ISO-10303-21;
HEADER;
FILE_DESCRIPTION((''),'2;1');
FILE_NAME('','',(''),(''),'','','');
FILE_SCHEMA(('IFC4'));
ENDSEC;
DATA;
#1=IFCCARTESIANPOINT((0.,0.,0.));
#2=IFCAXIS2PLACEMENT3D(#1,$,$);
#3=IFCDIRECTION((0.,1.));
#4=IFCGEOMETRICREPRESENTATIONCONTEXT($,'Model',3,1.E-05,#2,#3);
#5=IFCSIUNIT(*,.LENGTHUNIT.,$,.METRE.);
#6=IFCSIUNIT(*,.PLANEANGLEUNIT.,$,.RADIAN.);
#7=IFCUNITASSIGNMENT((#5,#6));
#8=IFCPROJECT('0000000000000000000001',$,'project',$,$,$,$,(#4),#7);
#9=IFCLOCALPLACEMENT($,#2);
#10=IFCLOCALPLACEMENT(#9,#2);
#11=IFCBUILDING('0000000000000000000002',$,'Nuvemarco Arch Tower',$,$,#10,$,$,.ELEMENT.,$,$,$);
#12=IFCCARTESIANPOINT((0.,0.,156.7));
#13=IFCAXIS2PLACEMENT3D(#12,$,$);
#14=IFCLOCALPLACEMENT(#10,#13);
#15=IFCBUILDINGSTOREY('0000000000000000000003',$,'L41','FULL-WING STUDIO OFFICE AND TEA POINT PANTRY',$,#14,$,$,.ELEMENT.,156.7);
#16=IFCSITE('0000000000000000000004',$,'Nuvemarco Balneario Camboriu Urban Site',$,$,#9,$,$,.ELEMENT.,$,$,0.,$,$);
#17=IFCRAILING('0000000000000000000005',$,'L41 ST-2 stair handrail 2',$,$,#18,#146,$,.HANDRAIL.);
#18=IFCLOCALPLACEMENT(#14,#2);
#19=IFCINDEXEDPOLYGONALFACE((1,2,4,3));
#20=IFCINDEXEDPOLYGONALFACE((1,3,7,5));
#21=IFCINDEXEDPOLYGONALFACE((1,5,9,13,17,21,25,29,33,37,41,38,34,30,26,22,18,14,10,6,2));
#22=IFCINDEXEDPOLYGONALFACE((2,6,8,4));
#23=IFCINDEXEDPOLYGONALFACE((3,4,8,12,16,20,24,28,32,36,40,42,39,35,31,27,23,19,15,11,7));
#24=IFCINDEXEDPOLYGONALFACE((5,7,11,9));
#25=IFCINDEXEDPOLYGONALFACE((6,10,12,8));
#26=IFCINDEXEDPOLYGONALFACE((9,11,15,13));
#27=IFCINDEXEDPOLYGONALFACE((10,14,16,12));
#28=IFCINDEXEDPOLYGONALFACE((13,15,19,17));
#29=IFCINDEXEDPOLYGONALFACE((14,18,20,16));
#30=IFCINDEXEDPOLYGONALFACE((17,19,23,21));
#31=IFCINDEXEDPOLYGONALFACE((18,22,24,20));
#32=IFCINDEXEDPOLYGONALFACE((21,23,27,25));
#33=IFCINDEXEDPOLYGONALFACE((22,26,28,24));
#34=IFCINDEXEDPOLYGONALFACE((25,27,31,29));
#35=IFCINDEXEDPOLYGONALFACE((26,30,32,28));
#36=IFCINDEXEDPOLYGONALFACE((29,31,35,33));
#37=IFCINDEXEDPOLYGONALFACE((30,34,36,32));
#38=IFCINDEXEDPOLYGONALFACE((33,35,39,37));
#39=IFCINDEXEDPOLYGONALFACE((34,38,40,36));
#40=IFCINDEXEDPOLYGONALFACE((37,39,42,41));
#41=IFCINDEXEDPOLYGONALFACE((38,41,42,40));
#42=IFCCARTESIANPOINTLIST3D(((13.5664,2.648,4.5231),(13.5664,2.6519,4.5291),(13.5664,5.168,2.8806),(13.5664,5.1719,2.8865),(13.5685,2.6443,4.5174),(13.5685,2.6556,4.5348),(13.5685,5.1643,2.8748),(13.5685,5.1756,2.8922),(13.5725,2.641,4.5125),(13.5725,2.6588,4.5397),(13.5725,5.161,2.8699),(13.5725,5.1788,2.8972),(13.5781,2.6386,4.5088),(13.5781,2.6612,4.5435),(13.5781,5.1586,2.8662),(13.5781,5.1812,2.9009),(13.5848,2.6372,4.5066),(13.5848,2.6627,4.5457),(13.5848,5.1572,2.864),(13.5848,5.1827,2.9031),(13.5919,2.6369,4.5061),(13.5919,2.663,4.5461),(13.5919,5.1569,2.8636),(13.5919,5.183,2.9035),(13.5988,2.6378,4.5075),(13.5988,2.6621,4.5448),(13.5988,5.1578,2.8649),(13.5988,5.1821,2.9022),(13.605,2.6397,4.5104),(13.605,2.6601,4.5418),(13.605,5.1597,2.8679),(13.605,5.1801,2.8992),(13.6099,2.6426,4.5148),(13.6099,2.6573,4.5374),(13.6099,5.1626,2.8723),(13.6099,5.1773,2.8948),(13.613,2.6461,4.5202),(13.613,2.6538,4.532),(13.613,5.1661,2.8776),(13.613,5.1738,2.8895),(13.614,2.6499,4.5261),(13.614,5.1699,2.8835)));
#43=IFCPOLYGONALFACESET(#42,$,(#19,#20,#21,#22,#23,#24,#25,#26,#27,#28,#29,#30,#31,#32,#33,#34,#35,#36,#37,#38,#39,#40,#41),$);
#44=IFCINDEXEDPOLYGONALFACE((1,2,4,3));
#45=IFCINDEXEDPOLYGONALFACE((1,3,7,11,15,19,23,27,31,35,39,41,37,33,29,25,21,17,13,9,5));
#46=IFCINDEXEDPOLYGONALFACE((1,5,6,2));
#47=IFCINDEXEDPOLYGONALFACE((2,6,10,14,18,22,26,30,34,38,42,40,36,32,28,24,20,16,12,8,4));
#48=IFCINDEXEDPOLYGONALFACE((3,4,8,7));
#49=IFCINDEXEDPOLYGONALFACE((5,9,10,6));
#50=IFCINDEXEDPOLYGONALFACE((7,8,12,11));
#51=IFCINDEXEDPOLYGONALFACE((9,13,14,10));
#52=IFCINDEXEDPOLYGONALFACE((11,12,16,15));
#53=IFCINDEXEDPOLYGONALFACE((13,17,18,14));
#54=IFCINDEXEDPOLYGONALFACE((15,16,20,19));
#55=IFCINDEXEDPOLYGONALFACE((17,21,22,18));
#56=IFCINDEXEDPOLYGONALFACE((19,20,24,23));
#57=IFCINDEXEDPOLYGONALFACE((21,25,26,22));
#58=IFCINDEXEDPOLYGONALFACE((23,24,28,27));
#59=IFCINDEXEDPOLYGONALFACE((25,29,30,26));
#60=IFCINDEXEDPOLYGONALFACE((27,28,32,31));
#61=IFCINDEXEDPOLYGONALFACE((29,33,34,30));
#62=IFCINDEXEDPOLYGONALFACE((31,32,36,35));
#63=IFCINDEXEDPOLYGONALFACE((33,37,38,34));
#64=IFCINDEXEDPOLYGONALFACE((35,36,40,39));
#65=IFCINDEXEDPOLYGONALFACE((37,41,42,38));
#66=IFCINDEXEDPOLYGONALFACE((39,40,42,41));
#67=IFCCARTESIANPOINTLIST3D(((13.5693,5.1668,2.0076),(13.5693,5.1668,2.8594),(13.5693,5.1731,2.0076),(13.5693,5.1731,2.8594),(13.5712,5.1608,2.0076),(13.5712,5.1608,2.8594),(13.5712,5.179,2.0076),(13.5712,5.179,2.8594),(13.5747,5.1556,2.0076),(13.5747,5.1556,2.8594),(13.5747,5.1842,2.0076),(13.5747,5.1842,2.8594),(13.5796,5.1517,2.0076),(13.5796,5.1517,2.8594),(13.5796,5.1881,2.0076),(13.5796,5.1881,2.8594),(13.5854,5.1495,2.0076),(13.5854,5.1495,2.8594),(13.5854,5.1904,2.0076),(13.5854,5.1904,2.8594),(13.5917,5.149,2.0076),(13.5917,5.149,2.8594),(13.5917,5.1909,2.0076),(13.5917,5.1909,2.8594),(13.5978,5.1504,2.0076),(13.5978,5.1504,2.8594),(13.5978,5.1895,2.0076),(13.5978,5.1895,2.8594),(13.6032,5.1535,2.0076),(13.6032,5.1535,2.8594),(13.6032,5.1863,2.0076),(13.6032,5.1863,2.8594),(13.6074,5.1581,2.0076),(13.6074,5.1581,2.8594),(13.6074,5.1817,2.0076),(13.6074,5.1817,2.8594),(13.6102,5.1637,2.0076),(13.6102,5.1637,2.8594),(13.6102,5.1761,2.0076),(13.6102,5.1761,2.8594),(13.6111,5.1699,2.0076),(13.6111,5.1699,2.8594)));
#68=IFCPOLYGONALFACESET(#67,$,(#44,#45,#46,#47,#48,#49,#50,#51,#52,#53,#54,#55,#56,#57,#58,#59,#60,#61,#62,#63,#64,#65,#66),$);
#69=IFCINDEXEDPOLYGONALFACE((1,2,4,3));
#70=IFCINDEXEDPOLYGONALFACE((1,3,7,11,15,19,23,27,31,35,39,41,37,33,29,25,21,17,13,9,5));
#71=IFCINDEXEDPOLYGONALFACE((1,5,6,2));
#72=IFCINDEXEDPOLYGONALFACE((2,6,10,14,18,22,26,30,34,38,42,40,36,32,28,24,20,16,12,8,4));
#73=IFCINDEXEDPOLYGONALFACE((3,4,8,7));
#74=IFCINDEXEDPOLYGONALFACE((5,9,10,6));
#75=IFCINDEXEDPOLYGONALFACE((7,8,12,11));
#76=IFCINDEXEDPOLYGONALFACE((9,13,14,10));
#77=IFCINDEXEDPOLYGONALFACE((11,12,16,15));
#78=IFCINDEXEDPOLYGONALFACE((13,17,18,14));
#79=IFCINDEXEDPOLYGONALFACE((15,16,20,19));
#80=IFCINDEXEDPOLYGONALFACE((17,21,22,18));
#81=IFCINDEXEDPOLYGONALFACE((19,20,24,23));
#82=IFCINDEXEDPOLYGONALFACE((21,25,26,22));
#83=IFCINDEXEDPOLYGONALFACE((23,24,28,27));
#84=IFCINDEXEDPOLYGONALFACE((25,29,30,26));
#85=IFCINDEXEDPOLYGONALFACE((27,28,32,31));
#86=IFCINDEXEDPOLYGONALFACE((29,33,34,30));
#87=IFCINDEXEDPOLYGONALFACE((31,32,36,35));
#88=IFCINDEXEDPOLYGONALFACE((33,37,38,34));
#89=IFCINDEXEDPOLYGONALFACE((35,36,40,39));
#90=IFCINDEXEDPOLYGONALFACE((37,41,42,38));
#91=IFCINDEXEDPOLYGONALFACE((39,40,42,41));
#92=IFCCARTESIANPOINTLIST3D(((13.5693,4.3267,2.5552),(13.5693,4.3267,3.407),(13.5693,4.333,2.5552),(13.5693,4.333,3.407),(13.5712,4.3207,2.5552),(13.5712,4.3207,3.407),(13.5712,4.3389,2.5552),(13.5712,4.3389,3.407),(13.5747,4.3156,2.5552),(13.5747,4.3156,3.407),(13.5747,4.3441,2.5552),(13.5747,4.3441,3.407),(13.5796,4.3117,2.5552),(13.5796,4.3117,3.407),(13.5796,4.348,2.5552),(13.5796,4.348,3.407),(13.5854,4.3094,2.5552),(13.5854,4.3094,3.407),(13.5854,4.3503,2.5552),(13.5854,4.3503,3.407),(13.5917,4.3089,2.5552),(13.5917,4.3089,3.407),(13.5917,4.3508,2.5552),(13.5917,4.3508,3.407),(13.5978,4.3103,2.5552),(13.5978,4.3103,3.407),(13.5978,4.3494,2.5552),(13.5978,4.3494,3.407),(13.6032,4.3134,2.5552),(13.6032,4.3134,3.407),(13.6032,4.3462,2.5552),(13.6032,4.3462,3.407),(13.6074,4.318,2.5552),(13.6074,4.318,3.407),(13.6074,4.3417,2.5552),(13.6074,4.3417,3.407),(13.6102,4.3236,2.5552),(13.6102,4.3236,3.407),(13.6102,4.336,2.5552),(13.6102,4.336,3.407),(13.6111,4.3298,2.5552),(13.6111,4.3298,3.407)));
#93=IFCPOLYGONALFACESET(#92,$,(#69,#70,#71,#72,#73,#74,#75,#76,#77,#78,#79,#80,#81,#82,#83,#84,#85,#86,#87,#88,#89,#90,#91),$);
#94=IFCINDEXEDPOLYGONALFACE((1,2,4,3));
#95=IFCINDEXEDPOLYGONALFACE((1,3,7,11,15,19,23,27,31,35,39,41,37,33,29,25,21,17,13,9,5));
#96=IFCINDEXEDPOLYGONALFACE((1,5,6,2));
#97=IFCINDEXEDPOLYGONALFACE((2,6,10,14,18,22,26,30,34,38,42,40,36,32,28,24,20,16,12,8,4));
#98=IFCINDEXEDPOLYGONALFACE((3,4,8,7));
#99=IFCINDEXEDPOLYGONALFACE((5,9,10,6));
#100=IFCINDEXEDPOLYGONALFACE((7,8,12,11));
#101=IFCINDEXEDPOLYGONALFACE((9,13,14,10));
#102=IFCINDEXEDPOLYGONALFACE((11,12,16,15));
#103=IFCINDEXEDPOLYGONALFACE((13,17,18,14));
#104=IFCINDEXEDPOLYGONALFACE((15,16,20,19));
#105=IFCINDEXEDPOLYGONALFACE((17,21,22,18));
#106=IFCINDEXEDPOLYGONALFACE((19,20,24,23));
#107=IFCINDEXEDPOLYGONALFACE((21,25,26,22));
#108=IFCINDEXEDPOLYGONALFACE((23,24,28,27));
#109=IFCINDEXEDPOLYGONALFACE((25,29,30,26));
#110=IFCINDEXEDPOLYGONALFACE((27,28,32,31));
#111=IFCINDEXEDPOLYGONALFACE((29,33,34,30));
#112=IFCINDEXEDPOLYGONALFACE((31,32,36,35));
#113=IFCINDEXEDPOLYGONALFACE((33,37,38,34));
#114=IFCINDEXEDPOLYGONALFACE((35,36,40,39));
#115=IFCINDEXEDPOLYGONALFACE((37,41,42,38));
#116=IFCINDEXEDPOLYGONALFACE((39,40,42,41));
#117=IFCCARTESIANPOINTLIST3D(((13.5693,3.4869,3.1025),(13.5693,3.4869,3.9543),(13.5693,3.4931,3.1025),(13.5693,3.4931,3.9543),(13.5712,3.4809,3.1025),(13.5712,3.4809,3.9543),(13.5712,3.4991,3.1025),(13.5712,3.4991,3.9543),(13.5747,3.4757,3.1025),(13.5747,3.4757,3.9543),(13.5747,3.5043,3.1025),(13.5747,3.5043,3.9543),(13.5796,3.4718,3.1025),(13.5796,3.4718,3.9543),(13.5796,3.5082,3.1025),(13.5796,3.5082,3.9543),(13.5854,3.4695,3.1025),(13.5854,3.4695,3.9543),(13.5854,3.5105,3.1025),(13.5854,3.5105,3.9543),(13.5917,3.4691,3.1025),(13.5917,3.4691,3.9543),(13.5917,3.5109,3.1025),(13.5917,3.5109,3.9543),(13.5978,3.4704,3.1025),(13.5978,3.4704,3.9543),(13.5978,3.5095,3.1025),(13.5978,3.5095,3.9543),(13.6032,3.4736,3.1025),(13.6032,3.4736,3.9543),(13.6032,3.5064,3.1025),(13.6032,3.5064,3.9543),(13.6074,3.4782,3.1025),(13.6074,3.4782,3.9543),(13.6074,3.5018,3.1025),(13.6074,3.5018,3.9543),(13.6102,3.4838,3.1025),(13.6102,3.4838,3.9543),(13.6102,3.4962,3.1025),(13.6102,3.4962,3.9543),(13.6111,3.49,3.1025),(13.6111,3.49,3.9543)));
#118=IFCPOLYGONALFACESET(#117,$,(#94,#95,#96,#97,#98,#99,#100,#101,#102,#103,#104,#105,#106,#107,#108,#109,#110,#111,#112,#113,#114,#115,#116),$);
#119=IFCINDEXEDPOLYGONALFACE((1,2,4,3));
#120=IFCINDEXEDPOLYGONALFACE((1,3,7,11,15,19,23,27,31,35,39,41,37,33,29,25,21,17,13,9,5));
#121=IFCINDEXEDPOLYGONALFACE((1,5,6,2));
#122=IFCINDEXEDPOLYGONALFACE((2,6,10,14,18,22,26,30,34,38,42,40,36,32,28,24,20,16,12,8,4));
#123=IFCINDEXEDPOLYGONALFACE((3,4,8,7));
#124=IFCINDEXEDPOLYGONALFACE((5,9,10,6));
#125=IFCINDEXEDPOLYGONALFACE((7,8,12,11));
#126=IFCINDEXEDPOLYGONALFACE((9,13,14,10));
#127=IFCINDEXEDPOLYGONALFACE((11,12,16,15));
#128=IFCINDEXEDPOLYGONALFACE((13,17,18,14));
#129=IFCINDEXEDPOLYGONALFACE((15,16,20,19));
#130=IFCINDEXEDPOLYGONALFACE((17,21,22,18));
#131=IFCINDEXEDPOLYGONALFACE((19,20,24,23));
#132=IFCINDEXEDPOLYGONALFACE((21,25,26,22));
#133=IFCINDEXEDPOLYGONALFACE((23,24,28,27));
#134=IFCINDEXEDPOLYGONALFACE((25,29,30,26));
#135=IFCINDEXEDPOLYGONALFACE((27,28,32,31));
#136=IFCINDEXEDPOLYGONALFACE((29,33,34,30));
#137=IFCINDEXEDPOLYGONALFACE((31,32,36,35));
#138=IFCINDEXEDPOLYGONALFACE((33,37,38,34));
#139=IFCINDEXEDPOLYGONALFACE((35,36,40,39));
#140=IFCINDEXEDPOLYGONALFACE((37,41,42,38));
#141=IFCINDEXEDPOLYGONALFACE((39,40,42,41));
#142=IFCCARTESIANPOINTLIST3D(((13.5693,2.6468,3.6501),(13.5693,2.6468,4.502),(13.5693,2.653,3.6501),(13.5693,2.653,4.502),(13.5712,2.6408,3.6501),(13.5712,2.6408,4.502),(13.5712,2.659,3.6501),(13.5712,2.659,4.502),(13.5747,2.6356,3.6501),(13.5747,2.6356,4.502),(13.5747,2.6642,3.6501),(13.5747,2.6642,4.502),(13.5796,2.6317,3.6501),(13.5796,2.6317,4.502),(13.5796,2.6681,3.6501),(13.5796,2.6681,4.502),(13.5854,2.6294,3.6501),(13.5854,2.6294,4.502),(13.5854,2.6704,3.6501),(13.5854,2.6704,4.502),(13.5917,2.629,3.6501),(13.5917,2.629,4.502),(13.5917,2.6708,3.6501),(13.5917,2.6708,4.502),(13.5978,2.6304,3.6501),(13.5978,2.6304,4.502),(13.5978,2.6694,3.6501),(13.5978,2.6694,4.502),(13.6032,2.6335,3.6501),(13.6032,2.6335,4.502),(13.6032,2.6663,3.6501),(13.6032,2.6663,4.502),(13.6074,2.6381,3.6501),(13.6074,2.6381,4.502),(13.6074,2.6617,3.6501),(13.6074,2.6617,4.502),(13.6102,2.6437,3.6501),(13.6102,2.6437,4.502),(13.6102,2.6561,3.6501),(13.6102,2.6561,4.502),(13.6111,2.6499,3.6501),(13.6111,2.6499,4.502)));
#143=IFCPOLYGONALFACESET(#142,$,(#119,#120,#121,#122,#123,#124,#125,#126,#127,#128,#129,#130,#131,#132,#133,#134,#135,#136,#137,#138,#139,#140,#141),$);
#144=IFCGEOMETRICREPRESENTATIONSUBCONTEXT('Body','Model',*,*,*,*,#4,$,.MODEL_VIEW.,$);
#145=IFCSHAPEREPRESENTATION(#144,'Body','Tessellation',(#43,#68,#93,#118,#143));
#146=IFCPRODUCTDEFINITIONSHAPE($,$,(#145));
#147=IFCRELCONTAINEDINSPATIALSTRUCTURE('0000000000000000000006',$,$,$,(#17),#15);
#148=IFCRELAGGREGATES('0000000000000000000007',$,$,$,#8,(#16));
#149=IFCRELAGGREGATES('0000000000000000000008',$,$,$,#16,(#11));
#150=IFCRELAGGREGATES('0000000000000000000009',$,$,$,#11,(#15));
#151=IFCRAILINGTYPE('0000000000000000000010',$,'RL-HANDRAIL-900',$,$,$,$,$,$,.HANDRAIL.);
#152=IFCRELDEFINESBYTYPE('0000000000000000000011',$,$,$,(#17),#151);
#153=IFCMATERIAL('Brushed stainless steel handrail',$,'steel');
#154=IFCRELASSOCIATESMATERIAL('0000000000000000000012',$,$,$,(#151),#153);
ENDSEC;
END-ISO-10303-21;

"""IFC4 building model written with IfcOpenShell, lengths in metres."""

from ifc_helpers import new_model, si_unit, direction, frame, origin, origin_2d, place, context, subcontext, project, spatial, circle, extrude, material, type_object, element, save


model = new_model("IFC4")

# Units and contexts
model_context = context("Model", 3, precision=1e-05, world=origin(), true_north=direction((0.0, 1.0)))
body_context = subcontext(model_context, "Body", "Model", "MODEL_VIEW")
ifc_project = project(units=[si_unit("LENGTHUNIT", "METRE"), si_unit("PLANEANGLEUNIT", "RADIAN")], contexts=[model_context])

# Site, building, storey
site_placement = place(None, origin())
site = spatial("IfcSite", under=ifc_project, at=site_placement, Name="Nuvemarco Balneario Camboriu Urban Site", CompositionType="ELEMENT", RefElevation=0.0)
building_placement = place(site_placement, origin())
building = spatial("IfcBuilding", under=site, at=building_placement, Name="Nuvemarco Arch Tower", CompositionType="ELEMENT")
storey_placement = place(building_placement, frame((0.0, 0.0, 156.7)))
storey = spatial("IfcBuildingStorey", under=building, at=storey_placement, Name="L41", Description="FULL-WING STUDIO OFFICE AND TEA POINT PANTRY", CompositionType="ELEMENT", Elevation=156.7)

# Railing
ifc_material_1 = material(Name="Brushed stainless steel handrail", Category="steel")
railing_type_1 = type_object("IfcRailingType", Name="RL-HANDRAIL-900", PredefinedType="HANDRAIL", material=ifc_material_1)
railing_1_placement = place(storey_placement, frame((13.5901, 5.1699, 2.0076)))
element("IfcRailing", 1, at=railing_1_placement, inside=storey, type_object=railing_type_1, Name="L41 ST-2 stair handrail 2", PredefinedType="HANDRAIL", context=body_context, shape_type="SweptSolid", body=[
    extrude(circle(Radius=0.0239, at=origin_2d()), frame((0.0, 0.0, 0.876), z_axis=(0.0, -0.837749, 0.546055), x_axis=(1.0, 0.0, 0.0)), (0.0, 0.0, 1.0), 3.0081),
    extrude(circle(Radius=0.021, at=origin_2d()), origin(), (0.0, 0.0, 1.0), 0.8518),
    extrude(circle(Radius=0.021, at=origin_2d()), frame((0.0, -0.8401, 0.5476)), (0.0, 0.0, 1.0), 0.8518),
    extrude(circle(Radius=0.021, at=origin_2d()), frame((0.0, -1.6799, 1.095)), (0.0, 0.0, 1.0), 0.8518),
    extrude(circle(Radius=0.021, at=origin_2d()), frame((0.0, -2.52, 1.6426)), (0.0, 0.0, 1.0), 0.8518),
])

save(model, "model.ifc")
